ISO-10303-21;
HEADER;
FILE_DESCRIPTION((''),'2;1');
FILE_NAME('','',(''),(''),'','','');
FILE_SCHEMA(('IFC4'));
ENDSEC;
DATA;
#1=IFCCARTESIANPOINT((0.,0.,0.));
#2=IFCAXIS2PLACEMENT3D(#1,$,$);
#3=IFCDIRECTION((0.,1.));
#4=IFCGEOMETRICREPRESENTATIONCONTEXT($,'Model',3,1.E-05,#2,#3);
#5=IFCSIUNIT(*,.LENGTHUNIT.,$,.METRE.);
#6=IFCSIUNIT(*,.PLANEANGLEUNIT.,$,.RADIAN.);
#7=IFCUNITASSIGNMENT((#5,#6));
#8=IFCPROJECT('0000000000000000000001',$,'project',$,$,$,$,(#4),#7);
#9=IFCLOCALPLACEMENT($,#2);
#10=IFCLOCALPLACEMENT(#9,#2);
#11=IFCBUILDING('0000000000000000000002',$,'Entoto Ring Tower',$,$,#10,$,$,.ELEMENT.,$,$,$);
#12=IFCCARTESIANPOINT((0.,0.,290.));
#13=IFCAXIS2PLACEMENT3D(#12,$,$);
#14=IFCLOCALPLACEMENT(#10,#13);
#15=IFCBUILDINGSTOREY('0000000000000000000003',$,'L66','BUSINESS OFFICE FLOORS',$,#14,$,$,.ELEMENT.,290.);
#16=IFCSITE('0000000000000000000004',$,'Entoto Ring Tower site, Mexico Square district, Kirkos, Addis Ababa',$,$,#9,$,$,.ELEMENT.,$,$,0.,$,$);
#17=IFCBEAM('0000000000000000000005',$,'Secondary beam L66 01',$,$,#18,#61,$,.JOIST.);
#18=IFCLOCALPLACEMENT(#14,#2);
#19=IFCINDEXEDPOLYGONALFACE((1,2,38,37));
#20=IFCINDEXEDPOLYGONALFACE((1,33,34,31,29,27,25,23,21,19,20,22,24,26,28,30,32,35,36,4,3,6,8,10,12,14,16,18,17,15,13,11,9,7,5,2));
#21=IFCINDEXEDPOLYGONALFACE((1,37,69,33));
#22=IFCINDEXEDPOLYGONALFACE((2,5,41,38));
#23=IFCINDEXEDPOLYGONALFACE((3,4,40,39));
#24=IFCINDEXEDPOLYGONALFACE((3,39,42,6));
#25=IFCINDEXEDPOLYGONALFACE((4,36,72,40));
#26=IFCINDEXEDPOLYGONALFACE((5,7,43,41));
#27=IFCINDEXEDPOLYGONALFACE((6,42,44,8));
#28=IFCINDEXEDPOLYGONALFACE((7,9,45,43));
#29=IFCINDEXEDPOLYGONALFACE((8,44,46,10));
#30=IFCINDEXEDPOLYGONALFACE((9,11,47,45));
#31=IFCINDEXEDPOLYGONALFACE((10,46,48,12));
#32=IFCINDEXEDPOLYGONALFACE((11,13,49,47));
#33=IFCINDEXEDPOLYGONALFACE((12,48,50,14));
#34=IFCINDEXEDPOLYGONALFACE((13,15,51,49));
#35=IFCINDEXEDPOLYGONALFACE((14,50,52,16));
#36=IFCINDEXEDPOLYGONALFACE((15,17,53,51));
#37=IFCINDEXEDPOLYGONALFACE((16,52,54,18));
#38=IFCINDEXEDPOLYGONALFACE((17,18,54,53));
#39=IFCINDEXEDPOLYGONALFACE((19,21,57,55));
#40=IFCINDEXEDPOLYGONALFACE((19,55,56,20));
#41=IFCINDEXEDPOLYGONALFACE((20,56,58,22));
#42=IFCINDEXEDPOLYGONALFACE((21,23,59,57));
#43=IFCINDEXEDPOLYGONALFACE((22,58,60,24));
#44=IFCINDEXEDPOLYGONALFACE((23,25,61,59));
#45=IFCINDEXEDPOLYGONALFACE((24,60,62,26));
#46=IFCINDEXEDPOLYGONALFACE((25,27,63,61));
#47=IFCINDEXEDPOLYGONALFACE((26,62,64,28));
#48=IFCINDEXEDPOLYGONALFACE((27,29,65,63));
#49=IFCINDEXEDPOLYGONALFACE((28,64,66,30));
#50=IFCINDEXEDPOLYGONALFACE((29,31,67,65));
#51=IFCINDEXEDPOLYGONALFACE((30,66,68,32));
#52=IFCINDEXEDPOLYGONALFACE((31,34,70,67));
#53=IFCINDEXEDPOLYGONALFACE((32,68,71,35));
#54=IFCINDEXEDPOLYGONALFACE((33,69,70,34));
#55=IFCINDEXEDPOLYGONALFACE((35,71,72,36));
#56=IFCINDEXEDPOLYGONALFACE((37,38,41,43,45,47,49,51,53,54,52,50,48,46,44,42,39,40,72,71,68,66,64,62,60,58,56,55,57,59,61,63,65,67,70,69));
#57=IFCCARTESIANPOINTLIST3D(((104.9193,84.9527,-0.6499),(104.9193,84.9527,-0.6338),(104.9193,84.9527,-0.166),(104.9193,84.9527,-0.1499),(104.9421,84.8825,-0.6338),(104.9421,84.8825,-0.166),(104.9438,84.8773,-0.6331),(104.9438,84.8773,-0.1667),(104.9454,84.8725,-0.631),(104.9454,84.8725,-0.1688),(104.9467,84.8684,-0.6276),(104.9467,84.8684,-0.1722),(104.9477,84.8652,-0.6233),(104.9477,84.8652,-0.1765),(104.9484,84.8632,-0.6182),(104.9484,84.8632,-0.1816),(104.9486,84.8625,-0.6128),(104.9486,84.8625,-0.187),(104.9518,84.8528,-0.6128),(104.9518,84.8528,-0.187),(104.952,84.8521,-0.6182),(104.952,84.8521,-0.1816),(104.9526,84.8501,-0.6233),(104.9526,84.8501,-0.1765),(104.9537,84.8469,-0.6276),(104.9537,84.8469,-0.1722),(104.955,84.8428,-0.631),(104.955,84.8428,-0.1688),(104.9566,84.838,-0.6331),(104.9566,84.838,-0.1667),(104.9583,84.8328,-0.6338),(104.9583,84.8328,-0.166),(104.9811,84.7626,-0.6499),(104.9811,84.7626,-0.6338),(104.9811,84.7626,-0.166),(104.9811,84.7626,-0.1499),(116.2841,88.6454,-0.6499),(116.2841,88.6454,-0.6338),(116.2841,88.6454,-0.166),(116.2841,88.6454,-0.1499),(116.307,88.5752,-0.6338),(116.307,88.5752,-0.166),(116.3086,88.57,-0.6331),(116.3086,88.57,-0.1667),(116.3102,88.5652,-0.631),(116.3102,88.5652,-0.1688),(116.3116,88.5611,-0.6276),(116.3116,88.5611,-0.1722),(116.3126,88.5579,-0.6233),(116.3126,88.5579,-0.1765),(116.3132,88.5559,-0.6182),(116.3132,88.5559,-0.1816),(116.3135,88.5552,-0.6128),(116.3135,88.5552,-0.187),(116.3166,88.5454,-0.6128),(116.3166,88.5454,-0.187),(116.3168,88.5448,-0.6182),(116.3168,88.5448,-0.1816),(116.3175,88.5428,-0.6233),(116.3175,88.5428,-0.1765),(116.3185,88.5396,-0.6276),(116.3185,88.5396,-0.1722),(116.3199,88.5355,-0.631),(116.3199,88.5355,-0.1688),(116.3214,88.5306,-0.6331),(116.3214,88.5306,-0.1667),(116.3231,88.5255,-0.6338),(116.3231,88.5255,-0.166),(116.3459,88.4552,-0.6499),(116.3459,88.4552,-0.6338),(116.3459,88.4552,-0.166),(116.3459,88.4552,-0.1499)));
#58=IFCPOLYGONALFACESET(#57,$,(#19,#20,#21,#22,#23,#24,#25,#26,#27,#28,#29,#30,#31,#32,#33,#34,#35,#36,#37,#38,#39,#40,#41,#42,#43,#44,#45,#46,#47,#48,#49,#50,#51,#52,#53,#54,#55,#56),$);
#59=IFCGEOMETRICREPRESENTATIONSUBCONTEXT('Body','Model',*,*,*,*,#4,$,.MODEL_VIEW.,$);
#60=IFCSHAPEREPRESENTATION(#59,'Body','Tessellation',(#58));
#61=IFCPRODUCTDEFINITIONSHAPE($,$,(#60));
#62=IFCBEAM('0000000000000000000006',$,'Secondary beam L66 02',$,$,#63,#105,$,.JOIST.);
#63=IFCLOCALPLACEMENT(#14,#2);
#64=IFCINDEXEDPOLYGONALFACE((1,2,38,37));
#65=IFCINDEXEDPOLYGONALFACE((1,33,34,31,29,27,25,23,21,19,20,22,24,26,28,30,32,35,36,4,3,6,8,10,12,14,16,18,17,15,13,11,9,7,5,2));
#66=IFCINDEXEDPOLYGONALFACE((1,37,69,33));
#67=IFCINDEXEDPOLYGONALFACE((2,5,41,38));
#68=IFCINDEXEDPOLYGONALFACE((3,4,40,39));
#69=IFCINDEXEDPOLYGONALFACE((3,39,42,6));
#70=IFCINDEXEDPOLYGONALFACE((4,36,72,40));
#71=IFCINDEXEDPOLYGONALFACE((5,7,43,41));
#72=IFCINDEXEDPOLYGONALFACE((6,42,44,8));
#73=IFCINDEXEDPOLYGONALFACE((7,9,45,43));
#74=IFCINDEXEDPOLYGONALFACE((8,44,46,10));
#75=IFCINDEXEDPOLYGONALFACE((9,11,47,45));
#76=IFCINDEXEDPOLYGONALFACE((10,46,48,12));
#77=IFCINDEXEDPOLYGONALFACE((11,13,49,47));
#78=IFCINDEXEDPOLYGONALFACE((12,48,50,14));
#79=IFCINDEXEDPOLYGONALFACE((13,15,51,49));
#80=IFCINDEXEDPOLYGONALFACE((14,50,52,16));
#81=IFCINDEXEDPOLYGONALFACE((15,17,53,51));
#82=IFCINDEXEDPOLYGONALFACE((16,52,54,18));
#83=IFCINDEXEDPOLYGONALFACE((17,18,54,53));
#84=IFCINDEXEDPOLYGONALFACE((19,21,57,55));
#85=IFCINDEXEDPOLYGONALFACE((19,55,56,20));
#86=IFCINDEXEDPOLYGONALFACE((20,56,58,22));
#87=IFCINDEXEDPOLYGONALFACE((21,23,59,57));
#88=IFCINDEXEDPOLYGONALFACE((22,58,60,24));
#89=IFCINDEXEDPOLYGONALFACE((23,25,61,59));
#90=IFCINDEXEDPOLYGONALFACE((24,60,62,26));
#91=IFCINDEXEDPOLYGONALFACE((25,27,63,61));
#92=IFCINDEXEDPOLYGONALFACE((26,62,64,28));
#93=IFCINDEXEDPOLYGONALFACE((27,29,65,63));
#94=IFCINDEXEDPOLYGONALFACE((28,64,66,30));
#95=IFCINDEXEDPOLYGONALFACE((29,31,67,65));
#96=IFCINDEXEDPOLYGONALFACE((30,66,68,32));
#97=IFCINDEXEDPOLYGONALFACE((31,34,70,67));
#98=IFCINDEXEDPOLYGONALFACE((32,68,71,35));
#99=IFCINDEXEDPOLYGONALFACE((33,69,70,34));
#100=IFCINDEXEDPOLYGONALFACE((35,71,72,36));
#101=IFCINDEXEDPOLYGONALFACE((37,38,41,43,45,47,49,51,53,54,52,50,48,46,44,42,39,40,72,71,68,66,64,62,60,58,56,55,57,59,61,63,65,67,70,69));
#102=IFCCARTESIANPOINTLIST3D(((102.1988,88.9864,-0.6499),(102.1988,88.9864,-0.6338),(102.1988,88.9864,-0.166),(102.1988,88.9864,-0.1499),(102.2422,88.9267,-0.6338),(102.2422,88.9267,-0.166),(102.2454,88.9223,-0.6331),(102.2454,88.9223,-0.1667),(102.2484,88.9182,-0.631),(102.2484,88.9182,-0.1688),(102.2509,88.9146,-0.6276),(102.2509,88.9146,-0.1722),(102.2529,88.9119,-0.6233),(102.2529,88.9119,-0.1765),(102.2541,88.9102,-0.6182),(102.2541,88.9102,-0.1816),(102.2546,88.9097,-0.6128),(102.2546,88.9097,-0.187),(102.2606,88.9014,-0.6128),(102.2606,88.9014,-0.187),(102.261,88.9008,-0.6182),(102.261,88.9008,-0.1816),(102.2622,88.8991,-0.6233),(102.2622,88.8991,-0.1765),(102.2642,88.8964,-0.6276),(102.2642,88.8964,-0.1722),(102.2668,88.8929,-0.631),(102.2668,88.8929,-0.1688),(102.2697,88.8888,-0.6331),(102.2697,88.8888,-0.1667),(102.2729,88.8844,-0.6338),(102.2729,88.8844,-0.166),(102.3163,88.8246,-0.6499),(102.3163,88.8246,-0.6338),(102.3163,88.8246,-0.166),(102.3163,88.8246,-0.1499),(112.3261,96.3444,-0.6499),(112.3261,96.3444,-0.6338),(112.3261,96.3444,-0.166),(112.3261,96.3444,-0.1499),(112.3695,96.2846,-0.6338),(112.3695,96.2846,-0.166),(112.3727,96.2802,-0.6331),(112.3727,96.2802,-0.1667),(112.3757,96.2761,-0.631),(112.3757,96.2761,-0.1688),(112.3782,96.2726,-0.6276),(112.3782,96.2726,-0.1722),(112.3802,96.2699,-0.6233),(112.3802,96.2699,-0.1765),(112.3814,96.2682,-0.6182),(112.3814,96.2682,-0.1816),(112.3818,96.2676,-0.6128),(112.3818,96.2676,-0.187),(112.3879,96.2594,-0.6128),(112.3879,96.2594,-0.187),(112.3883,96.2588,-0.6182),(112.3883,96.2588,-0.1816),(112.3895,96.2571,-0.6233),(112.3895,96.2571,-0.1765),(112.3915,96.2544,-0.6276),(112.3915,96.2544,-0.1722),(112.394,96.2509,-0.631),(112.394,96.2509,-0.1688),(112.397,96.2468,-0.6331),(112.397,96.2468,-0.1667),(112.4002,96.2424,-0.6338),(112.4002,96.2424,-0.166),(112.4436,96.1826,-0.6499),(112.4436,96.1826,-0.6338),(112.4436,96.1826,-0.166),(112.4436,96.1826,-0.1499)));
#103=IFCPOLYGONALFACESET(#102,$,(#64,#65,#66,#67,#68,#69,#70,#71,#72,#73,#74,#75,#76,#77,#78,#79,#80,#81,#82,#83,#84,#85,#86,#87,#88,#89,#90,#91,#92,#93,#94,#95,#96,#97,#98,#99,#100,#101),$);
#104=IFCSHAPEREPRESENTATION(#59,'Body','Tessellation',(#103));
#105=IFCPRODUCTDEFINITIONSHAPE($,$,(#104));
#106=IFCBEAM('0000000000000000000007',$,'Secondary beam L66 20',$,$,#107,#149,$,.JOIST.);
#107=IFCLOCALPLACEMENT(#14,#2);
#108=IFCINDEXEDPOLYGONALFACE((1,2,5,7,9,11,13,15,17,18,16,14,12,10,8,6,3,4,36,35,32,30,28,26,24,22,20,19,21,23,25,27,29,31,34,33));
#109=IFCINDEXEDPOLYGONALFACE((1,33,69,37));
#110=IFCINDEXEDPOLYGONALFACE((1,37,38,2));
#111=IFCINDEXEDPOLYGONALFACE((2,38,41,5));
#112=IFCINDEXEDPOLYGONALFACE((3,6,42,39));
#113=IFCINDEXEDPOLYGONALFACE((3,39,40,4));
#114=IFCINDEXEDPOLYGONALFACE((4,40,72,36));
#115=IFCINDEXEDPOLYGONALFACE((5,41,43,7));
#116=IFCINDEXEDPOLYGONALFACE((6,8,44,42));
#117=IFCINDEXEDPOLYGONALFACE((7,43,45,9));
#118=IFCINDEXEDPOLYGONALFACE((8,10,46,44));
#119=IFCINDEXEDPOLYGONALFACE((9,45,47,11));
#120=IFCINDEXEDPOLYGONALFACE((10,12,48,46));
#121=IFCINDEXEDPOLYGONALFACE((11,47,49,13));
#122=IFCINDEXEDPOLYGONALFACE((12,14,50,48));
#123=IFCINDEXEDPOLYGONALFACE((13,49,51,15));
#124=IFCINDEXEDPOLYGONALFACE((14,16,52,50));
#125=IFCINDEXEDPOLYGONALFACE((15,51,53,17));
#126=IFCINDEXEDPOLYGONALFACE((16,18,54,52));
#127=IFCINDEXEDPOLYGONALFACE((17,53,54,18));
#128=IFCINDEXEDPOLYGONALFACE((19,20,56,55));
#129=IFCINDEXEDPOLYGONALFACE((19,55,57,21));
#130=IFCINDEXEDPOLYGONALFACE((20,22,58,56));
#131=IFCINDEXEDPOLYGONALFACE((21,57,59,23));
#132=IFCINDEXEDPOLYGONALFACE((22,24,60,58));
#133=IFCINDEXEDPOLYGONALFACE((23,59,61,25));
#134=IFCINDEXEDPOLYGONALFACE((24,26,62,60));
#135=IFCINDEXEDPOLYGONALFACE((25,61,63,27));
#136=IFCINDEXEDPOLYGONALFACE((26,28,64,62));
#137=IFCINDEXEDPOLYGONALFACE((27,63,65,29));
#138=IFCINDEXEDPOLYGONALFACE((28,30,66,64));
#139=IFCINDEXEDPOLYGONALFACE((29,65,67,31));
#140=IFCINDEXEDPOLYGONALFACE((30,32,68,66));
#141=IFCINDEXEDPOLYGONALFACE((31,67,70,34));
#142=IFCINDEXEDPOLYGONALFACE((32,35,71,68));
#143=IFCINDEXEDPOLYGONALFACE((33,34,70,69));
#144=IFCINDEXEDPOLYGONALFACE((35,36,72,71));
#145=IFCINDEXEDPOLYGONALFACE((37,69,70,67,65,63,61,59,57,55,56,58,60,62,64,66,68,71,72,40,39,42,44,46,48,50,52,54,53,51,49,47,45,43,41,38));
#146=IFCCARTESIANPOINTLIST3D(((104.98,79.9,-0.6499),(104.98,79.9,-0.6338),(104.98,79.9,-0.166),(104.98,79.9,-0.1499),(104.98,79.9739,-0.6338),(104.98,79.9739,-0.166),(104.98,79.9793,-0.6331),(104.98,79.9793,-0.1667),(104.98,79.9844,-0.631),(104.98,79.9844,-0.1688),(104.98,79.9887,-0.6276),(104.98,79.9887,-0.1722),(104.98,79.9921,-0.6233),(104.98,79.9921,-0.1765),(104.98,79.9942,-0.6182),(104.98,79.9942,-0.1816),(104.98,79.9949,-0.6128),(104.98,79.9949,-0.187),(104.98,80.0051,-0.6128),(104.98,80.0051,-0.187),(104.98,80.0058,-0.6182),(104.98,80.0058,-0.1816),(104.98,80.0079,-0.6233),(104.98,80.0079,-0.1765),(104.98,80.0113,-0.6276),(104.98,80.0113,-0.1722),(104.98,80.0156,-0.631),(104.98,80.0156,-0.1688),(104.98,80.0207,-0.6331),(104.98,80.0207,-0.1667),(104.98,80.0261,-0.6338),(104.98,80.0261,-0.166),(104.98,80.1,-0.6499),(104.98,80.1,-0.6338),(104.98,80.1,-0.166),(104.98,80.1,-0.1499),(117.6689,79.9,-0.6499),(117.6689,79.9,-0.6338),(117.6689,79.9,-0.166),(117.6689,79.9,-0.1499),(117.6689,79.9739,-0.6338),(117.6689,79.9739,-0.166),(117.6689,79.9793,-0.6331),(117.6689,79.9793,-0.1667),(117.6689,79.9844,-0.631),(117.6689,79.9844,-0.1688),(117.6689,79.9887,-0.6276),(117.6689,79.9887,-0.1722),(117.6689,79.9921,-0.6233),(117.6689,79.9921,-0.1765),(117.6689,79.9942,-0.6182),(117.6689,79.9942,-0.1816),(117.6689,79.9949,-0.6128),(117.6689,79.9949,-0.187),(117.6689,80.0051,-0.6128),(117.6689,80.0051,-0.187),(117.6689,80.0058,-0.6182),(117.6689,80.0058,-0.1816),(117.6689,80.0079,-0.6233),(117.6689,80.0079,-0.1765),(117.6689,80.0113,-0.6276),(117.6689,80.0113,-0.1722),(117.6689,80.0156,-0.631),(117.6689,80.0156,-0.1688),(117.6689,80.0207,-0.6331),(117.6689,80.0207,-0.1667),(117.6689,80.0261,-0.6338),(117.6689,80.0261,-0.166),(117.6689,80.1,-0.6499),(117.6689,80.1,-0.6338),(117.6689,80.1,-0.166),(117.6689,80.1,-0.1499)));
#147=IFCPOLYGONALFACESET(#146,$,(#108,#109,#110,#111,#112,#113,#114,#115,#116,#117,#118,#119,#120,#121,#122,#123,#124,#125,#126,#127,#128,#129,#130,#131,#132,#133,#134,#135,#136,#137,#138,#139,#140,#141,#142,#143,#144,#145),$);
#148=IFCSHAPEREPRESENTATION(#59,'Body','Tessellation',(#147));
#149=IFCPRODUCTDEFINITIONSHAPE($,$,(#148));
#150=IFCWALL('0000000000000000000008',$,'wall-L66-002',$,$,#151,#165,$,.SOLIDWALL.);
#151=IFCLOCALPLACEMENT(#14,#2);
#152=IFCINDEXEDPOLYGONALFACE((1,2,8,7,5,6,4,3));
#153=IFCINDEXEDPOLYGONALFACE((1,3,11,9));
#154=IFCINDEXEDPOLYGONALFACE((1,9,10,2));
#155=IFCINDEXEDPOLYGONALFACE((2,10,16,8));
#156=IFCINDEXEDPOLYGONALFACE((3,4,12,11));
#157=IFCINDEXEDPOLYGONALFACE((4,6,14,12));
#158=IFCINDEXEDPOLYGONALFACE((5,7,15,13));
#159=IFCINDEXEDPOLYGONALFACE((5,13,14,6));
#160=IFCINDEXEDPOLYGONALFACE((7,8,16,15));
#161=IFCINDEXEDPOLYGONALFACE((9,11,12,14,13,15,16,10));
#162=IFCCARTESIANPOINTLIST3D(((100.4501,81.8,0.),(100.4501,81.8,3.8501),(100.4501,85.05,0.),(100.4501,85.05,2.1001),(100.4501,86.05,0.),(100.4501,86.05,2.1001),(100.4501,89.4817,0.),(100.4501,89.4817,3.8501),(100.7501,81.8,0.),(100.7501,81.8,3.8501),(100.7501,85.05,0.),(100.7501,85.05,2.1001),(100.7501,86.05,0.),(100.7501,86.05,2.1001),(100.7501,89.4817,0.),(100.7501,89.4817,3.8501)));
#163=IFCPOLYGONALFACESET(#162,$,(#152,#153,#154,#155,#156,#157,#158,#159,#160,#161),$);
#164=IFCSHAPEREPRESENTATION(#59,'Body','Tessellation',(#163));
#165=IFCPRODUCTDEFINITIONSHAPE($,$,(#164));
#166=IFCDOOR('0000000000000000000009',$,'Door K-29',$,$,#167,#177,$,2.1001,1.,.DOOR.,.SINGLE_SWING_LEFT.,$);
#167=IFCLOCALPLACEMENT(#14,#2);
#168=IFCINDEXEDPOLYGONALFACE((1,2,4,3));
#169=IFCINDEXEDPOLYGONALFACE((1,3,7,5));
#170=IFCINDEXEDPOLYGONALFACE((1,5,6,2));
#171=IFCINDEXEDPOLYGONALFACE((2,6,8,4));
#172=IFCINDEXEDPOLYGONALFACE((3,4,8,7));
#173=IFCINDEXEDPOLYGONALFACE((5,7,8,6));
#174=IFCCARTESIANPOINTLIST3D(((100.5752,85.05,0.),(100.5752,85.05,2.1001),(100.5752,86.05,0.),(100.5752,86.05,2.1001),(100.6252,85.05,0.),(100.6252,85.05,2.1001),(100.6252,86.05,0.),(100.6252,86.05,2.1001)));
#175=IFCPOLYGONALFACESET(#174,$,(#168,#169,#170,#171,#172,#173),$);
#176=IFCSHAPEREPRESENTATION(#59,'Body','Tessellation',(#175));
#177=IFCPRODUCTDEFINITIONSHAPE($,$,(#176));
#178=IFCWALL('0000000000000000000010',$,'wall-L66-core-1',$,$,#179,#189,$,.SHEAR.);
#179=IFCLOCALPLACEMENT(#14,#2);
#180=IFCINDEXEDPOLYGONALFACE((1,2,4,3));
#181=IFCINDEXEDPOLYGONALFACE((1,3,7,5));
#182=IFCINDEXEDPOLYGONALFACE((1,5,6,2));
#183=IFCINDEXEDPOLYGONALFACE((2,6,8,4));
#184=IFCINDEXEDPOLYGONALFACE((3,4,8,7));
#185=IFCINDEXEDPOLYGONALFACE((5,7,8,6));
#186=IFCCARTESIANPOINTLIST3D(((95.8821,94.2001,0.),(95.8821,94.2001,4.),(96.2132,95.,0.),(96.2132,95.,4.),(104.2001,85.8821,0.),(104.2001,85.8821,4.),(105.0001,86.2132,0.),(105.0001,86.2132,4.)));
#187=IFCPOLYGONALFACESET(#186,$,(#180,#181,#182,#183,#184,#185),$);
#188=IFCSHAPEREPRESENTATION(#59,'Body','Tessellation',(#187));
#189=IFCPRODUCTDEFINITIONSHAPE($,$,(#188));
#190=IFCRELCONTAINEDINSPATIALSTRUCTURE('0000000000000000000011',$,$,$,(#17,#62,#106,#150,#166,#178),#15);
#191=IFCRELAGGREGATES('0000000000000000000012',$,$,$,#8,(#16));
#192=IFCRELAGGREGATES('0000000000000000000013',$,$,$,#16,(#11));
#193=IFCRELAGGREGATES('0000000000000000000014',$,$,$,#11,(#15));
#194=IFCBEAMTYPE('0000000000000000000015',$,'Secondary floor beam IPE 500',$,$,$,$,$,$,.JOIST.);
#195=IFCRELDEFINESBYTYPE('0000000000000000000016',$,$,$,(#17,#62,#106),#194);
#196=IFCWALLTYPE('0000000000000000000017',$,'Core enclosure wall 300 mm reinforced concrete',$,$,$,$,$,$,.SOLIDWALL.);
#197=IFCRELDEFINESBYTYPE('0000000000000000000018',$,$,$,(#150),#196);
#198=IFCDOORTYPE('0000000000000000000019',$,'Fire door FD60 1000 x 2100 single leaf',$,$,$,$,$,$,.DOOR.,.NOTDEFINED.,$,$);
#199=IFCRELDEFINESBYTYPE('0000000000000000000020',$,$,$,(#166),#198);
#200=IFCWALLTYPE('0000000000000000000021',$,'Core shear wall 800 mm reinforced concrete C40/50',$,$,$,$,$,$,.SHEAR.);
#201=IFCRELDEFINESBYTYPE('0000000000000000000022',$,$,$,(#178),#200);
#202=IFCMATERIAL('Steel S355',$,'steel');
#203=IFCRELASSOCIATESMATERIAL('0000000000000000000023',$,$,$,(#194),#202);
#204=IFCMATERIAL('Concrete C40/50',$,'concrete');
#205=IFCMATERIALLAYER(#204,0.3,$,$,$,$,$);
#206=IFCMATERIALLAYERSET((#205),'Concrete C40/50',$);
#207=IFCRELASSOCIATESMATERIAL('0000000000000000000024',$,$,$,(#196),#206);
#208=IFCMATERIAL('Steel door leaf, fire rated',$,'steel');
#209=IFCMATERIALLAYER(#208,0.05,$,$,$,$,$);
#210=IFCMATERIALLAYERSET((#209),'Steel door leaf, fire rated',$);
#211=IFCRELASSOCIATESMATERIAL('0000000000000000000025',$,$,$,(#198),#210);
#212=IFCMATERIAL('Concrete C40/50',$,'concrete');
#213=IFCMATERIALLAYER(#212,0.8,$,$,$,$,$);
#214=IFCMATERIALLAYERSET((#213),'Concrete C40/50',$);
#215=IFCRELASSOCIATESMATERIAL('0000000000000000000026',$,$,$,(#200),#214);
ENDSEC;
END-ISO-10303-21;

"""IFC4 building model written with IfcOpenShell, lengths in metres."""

from ifc_helpers import new_model, si_unit, direction, frame, frame_2d, origin, origin_2d, place, context, subcontext, project, spatial, polyline, rectangle, i_section, outline, extrude, material, layer, layer_set, material_profile, profile_set, type_object, element, fill, save


model = new_model("IFC4")

# Units and contexts
model_context = context("Model", 3, precision=1e-05, world=origin(), true_north=direction((0.0, 1.0)))
body_context = subcontext(model_context, "Body", "Model", "MODEL_VIEW")
ifc_project = project(units=[si_unit("LENGTHUNIT", "METRE"), si_unit("PLANEANGLEUNIT", "RADIAN")], contexts=[model_context])

# Site, building, storey
site_placement = place(None, origin())
site = spatial("IfcSite", under=ifc_project, at=site_placement, Name="Entoto Ring Tower site, Mexico Square district, Kirkos, Addis Ababa", CompositionType="ELEMENT", RefElevation=0.0)
building_placement = place(site_placement, origin())
building = spatial("IfcBuilding", under=site, at=building_placement, Name="Entoto Ring Tower", CompositionType="ELEMENT")
storey_placement = place(building_placement, frame((0.0, 0.0, 290.0)))
storey = spatial("IfcBuildingStorey", under=building, at=storey_placement, Name="L66", Description="BUSINESS OFFICE FLOORS", CompositionType="ELEMENT", Elevation=290.0)

# Beams
ifc_material_1 = material(Name="Steel S355", Category="steel")
ifc_material_profile_1 = material_profile(ifc_material_1, i_section(OverallWidth=0.2, OverallDepth=0.5, WebThickness=0.0103, FlangeThickness=0.0161, FilletRadius=0.021, at=origin_2d()), Name="IPE 500")
ifc_profile_set_1 = profile_set([ifc_material_profile_1], Name="Steel S355")
beam_type_1 = type_object("IfcBeamType", Name="Secondary floor beam IPE 500", PredefinedType="JOIST", material=ifc_profile_set_1)
beam_1_placement = place(storey_placement, frame((104.9502, 84.8577, -0.3999), z_axis=(0.951057, 0.309017, 0.0), x_axis=(-0.309017, 0.951057, 0.0)))
element("IfcBeam", 1, at=beam_1_placement, inside=storey, type_object=beam_type_1, Name="Secondary beam L66 01", PredefinedType="JOIST", context=body_context, shape_type="SweptSolid", body=[
    extrude(i_section(OverallWidth=0.2, OverallDepth=0.5, WebThickness=0.0103, FlangeThickness=0.0161, FilletRadius=0.021, at=origin_2d()), origin(), (0.0, 0.0, 1.0), 11.9497),
])
beam_2_placement = place(storey_placement, frame((102.2576, 88.9055, -0.3999), z_axis=(0.809014, 0.587789, 0.0), x_axis=(-0.587789, 0.809014, 0.0)))
element("IfcBeam", 2, at=beam_2_placement, inside=storey, type_object=beam_type_1, Name="Secondary beam L66 02", PredefinedType="JOIST", context=body_context, shape_type="SweptSolid", body=[
    extrude(i_section(OverallWidth=0.2, OverallDepth=0.5, WebThickness=0.0103, FlangeThickness=0.0161, FilletRadius=0.021, at=origin_2d()), origin(), (0.0, 0.0, 1.0), 12.5181),
])
beam_3_placement = place(storey_placement, frame((104.98, 80.0, -0.3999), z_axis=(1.0, 0.0, 0.0), x_axis=(0.0, 1.0, 0.0)))
element("IfcBeam", 3, at=beam_3_placement, inside=storey, type_object=beam_type_1, Name="Secondary beam L66 20", PredefinedType="JOIST", context=body_context, shape_type="SweptSolid", body=[
    extrude(i_section(OverallWidth=0.2, OverallDepth=0.5, WebThickness=0.0103, FlangeThickness=0.0161, FilletRadius=0.021, at=origin_2d()), origin(), (0.0, 0.0, 1.0), 12.689),
])

# Wall, opening, door
ifc_material_2 = material(Name="Concrete C40/50", Category="concrete")
ifc_layer_1 = layer(ifc_material_2, 0.3)
ifc_layer_set_1 = layer_set([ifc_layer_1], Name="Concrete C40/50")
wall_type_1 = type_object("IfcWallType", Name="Core enclosure wall 300 mm reinforced concrete", PredefinedType="SOLIDWALL", material=ifc_layer_set_1)
wall_1_placement = place(storey_placement, frame((100.6001, 81.8, 0.0), z_axis=(0.0, 0.0, 1.0), x_axis=(0.0, 1.0, 0.0)))
wall_1 = element("IfcWall", 4, at=wall_1_placement, inside=storey, type_object=wall_type_1, Name="wall-L66-002", PredefinedType="SOLIDWALL", context=body_context, shape_type="SweptSolid", body=[
    extrude(rectangle(XDim=7.6816, YDim=0.3, at=frame_2d((3.8408, 0.0))), origin(), (0.0, 0.0, 1.0), 3.8501),
])
opening_1_placement = place(wall_1_placement, frame((3.25, 0.0, 0.0)))
opening_1 = element("IfcOpeningElement", 5, at=opening_1_placement, cuts=wall_1, PredefinedType="OPENING", context=body_context, shape_type="SweptSolid", body=[
    extrude(rectangle(XDim=1.0, YDim=2.1001, at=frame_2d((0.5, 1.05))), frame((0.0, 0.1602, 0.0), z_axis=(0.0, -1.0, 0.0), x_axis=(1.0, 0.0, 0.0)), (0.0, 0.0, 1.0), 0.3201),
])
ifc_material_3 = material(Name="Steel door leaf, fire rated", Category="steel")
ifc_layer_2 = layer(ifc_material_3, 0.05)
ifc_layer_set_2 = layer_set([ifc_layer_2], Name="Steel door leaf, fire rated")
door_type_1 = type_object("IfcDoorType", Name="Fire door FD60 1000 x 2100 single leaf", OperationType="NOTDEFINED", PredefinedType="DOOR", material=ifc_layer_set_2)
door_1_placement = place(opening_1_placement, origin())
door_1 = element("IfcDoor", 6, at=door_1_placement, inside=storey, type_object=door_type_1, Name="Door K-29", OperationType="SINGLE_SWING_LEFT", OverallHeight=2.1001, OverallWidth=1.0, PredefinedType="DOOR", context=body_context, shape_type="SweptSolid", body=[
    extrude(rectangle(XDim=1.0, YDim=2.1001, at=frame_2d((0.5, 1.05))), frame((0.0, 0.0249, 0.0), z_axis=(0.0, -1.0, 0.0), x_axis=(1.0, 0.0, 0.0)), (0.0, 0.0, 1.0), 0.05),
])
fill(opening_1, door_1)

# Wall
ifc_material_4 = material(Name="Concrete C40/50", Category="concrete")
ifc_layer_3 = layer(ifc_material_4, 0.8)
ifc_layer_set_3 = layer_set([ifc_layer_3], Name="Concrete C40/50")
wall_type_2 = type_object("IfcWallType", Name="Core shear wall 800 mm reinforced concrete C40/50", PredefinedType="SHEAR", material=ifc_layer_set_3)
wall_2_placement = place(storey_placement, frame((104.6001, 86.0476, 0.0), z_axis=(0.0, 0.0, 1.0), x_axis=(-0.707107, 0.707107, 0.0)))
element("IfcWall", 7, at=wall_2_placement, inside=storey, type_object=wall_type_2, Name="wall-L66-core-1", PredefinedType="SHEAR", context=body_context, shape_type="SweptSolid", body=[
    extrude(outline(polyline([(-0.1658, -0.3999), (12.2607, -0.3999), (11.9292, 0.3999), (0.1658, 0.3999), (-0.1658, -0.3999)])), origin(), (0.0, 0.0, 1.0), 4.0),
])

save(model, "model.ifc")
